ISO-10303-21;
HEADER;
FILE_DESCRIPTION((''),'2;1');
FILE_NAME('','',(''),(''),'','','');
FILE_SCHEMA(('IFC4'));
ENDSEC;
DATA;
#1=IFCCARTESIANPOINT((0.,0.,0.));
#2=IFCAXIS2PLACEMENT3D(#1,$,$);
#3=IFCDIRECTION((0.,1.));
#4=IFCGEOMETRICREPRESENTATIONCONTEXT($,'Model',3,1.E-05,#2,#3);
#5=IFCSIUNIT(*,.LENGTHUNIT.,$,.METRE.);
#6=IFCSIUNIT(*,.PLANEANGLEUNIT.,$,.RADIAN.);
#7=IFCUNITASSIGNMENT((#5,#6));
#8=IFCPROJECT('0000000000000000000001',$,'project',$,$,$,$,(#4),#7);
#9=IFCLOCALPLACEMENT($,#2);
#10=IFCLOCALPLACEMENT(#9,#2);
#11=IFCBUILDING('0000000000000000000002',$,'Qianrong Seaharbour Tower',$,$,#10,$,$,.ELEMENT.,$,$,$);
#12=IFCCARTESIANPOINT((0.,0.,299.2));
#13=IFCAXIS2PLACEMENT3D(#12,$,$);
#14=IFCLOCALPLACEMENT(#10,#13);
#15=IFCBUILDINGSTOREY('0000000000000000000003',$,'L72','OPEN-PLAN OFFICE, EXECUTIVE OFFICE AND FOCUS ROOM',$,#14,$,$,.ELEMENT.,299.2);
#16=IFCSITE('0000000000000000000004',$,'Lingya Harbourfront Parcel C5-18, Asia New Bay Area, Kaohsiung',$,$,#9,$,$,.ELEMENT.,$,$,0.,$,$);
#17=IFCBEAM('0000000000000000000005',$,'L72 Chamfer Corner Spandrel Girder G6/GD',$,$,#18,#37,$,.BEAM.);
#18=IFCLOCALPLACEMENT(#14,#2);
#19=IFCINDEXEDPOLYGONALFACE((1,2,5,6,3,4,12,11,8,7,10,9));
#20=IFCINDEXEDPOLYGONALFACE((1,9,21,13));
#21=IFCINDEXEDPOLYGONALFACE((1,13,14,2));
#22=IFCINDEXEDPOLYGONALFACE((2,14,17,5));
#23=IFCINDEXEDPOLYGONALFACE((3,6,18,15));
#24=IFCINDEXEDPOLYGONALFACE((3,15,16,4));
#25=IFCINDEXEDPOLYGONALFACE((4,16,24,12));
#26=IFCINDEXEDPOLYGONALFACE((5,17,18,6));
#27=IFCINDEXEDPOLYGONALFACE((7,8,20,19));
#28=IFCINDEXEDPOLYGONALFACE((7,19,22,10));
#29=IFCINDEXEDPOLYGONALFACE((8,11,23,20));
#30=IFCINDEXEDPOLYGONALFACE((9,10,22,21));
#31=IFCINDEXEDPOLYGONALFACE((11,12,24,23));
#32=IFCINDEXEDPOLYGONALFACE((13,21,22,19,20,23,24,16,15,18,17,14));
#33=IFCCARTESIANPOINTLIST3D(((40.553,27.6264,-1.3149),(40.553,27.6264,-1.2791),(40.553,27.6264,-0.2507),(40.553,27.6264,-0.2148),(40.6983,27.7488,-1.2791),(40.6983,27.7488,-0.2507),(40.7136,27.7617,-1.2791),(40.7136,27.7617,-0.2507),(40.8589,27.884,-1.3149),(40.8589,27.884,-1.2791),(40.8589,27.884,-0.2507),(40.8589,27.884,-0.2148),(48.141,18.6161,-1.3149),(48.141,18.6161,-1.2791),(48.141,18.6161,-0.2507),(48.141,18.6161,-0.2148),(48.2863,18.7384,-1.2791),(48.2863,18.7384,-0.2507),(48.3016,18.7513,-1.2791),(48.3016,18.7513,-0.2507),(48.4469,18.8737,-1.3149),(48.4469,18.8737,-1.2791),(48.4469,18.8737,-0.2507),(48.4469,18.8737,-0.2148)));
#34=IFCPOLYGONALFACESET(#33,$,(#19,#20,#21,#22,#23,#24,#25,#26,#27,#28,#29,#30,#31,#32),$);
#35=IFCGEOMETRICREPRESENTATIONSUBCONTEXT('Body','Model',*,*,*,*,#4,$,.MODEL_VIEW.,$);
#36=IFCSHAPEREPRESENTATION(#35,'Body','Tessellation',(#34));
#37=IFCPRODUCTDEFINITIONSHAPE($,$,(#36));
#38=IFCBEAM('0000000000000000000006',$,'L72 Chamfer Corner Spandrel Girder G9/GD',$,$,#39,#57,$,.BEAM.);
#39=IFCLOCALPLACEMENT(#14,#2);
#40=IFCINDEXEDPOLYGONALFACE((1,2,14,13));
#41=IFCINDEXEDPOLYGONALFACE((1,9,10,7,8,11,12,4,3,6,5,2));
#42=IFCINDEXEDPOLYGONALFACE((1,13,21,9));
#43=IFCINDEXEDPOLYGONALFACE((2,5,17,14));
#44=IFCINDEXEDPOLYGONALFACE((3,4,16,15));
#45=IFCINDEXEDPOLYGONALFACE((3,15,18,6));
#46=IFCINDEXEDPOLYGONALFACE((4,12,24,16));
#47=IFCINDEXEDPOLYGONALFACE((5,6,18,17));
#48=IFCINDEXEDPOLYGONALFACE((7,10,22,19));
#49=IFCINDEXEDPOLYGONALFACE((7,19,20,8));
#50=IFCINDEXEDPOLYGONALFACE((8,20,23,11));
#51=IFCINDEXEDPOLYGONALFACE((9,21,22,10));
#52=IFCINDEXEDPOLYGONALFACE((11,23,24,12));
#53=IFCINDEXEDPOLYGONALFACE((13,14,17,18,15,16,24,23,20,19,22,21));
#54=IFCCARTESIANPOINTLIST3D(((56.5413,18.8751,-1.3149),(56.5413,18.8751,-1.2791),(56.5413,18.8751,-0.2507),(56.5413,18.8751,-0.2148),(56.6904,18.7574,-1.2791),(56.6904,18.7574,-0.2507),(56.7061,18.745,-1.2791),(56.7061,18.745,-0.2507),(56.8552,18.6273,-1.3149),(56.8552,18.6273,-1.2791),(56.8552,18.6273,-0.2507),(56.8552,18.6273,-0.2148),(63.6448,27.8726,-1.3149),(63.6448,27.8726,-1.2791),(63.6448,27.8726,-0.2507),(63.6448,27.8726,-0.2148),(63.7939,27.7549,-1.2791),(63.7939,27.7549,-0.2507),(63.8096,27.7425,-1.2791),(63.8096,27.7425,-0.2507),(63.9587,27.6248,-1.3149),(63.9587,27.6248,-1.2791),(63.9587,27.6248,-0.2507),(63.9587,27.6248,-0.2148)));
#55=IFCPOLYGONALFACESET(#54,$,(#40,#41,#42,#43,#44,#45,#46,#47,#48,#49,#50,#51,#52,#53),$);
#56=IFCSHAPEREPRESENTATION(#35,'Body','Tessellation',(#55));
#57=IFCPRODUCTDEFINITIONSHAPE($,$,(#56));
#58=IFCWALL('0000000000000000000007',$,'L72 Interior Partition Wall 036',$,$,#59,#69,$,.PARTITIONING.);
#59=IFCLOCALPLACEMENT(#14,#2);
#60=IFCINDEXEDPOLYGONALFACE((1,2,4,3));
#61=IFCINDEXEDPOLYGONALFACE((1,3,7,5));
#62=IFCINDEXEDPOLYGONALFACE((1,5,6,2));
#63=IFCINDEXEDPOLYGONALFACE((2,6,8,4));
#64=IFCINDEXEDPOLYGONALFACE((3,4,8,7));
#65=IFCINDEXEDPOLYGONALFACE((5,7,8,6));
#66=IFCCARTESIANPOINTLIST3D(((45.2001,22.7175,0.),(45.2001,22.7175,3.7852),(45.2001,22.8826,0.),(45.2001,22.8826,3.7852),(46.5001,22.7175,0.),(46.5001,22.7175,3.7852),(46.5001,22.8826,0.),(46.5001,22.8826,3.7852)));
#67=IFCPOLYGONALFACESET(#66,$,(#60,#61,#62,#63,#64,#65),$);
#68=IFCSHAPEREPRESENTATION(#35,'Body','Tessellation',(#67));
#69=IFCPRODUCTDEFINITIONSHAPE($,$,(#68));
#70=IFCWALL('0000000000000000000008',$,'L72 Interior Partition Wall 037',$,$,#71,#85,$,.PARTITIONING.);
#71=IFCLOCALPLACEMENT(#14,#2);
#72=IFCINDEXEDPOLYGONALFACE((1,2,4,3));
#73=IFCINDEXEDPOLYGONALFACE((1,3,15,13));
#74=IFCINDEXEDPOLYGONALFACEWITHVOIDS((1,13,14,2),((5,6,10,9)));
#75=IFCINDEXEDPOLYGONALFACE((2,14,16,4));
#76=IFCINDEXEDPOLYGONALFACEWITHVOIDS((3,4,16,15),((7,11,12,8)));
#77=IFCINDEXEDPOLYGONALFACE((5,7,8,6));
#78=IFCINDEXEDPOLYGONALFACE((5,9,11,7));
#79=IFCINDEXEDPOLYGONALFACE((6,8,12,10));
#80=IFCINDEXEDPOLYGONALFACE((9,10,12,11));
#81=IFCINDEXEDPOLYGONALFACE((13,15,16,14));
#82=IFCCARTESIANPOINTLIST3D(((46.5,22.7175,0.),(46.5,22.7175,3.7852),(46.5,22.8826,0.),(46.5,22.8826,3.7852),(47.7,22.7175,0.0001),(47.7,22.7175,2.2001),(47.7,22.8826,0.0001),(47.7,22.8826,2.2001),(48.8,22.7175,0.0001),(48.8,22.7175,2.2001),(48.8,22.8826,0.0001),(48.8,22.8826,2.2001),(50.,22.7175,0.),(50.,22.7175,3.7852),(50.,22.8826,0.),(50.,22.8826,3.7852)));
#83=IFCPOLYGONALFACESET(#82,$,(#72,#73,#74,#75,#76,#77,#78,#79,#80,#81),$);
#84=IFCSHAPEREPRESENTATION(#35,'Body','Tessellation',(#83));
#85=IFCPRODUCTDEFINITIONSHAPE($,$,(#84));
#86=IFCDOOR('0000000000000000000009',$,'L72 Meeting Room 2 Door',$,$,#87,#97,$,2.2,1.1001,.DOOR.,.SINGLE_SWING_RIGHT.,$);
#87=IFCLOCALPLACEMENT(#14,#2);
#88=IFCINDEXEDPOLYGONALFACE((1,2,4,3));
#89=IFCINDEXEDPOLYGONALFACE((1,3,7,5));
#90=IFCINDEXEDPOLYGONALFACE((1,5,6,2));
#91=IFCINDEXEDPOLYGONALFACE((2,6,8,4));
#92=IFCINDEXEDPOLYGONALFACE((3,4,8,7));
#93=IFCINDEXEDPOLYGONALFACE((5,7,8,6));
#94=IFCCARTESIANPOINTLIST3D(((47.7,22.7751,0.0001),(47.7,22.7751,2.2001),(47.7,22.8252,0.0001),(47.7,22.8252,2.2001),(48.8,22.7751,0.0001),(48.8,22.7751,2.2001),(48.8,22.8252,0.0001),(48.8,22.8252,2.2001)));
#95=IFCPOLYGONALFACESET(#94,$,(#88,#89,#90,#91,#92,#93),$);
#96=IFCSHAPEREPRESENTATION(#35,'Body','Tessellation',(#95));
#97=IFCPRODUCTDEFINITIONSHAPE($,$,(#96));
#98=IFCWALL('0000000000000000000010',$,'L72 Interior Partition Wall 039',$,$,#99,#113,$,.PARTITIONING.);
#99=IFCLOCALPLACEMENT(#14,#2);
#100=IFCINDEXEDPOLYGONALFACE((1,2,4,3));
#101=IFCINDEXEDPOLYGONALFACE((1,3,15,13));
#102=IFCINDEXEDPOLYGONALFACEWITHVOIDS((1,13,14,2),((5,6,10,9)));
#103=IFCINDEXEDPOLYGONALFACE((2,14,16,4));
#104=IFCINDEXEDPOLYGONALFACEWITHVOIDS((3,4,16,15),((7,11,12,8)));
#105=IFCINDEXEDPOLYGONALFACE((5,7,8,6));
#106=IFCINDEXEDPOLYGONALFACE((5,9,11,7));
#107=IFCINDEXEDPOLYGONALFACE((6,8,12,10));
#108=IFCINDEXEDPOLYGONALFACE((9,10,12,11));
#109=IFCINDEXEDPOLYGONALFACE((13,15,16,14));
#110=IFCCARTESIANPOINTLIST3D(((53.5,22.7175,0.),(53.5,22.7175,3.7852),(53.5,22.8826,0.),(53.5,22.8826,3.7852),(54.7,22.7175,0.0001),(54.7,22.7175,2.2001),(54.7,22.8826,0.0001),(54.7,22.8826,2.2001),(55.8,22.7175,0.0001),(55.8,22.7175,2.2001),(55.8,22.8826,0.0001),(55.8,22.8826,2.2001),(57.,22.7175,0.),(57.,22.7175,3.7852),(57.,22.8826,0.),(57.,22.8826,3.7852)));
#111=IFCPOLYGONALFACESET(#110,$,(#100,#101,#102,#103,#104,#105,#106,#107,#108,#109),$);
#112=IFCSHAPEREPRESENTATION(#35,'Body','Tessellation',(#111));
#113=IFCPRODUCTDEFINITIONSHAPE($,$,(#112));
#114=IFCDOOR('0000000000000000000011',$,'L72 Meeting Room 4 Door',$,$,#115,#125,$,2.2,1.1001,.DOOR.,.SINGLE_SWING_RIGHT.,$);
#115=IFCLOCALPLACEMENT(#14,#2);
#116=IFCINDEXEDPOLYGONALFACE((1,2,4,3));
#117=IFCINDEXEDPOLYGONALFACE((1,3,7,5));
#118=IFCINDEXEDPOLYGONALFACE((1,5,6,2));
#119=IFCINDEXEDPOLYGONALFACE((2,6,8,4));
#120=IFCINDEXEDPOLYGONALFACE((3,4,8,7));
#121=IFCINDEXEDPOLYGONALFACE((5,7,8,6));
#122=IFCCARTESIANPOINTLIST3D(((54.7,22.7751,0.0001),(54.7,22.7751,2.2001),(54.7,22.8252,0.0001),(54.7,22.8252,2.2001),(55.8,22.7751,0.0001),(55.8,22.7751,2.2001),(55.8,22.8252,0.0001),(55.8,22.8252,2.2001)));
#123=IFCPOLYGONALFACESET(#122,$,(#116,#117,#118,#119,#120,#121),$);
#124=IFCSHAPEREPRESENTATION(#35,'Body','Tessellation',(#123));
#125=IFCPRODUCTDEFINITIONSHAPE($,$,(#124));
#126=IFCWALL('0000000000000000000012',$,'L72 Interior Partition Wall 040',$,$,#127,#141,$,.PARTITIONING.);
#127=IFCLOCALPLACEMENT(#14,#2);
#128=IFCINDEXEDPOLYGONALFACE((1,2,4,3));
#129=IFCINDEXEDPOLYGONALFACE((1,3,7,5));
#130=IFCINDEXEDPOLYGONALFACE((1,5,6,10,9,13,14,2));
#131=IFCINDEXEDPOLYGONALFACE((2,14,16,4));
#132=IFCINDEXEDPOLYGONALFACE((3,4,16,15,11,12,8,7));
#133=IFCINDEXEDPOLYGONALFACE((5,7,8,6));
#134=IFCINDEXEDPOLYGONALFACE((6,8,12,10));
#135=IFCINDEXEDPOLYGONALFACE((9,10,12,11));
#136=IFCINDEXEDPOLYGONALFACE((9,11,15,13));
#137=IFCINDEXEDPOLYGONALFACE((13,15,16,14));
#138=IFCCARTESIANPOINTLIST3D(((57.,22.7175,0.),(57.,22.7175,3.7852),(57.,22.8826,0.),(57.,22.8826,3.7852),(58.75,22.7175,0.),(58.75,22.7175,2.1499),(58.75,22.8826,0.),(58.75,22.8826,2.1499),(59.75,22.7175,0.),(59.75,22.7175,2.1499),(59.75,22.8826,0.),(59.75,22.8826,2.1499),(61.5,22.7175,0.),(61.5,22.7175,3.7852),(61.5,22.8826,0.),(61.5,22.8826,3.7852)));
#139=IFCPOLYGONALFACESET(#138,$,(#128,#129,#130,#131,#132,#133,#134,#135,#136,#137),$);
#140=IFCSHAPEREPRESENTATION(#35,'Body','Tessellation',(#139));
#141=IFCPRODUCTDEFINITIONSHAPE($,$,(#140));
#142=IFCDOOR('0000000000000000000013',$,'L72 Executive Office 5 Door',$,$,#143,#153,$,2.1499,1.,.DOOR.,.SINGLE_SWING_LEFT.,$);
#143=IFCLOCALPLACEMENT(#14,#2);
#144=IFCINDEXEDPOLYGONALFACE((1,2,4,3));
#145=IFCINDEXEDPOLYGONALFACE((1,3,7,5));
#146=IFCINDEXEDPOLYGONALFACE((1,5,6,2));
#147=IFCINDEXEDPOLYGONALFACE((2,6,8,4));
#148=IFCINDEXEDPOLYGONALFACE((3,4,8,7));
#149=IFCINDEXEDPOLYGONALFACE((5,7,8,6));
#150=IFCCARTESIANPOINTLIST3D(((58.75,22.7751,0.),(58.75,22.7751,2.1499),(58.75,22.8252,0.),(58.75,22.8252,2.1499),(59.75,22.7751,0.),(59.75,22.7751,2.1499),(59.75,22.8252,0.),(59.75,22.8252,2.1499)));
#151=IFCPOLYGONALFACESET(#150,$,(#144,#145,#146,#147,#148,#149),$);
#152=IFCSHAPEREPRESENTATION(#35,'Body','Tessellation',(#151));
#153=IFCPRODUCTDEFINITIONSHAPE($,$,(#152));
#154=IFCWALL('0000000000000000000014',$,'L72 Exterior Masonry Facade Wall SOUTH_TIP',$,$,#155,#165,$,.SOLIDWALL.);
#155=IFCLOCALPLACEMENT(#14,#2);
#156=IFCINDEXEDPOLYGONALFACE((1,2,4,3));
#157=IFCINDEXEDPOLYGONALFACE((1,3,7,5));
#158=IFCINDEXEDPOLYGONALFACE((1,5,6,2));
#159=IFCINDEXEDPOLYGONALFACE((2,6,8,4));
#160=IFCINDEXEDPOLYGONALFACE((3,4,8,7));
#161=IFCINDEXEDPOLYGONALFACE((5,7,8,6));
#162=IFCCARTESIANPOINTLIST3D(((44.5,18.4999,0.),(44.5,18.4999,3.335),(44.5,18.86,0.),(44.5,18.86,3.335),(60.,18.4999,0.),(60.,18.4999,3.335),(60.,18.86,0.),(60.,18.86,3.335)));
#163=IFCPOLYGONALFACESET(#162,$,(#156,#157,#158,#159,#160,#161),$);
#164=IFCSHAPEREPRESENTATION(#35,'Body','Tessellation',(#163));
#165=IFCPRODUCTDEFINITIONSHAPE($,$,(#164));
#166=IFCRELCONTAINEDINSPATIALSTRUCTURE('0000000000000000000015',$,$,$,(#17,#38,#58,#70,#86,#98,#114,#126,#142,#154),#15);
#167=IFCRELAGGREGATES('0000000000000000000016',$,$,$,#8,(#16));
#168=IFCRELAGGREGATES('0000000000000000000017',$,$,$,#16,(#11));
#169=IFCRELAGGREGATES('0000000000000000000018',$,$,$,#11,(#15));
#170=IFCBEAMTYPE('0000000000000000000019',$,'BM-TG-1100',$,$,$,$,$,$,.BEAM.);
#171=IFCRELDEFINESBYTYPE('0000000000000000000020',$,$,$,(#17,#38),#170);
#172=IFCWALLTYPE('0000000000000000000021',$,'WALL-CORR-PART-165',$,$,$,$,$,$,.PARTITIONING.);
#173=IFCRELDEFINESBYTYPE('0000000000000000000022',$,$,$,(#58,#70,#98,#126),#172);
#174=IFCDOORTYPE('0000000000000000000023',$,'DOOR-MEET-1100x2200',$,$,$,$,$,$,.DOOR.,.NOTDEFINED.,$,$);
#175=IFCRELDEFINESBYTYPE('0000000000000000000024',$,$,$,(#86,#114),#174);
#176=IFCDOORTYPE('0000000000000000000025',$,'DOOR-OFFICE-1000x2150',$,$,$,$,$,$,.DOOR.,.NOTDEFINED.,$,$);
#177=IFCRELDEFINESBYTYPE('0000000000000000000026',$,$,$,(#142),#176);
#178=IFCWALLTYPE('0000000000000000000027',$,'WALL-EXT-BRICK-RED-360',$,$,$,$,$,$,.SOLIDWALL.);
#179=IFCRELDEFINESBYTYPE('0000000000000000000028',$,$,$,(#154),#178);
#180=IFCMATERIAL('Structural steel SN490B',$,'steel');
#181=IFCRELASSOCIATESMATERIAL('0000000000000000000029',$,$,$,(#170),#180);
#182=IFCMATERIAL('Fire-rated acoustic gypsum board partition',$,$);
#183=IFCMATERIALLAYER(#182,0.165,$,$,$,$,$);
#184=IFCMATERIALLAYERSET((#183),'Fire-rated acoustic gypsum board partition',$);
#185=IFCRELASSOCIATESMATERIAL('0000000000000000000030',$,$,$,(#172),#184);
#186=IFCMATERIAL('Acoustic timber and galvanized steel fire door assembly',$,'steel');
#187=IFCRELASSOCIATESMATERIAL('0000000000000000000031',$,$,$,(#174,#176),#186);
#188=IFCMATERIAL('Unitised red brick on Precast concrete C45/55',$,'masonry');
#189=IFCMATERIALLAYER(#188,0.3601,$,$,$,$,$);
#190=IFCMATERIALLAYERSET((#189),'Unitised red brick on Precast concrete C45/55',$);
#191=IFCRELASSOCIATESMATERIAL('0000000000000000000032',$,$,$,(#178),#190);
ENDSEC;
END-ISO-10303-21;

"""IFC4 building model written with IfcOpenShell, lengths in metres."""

from ifc_helpers import new_model, si_unit, direction, frame, frame_2d, origin, origin_2d, place, context, subcontext, project, spatial, rectangle, i_section, extrude, material, layer, layer_set, material_profile, profile_set, type_object, element, fill, save


model = new_model("IFC4")

# Units and contexts
model_context = context("Model", 3, precision=1e-05, world=origin(), true_north=direction((0.0, 1.0)))
body_context = subcontext(model_context, "Body", "Model", "MODEL_VIEW")
ifc_project = project(units=[si_unit("LENGTHUNIT", "METRE"), si_unit("PLANEANGLEUNIT", "RADIAN")], contexts=[model_context])

# Site, building, storey
site_placement = place(None, origin())
site = spatial("IfcSite", under=ifc_project, at=site_placement, Name="Lingya Harbourfront Parcel C5-18, Asia New Bay Area, Kaohsiung", CompositionType="ELEMENT", RefElevation=0.0)
building_placement = place(site_placement, origin())
building = spatial("IfcBuilding", under=site, at=building_placement, Name="Qianrong Seaharbour Tower", CompositionType="ELEMENT")
storey_placement = place(building_placement, frame((0.0, 0.0, 299.2)))
storey = spatial("IfcBuildingStorey", under=building, at=storey_placement, Name="L72", Description="OPEN-PLAN OFFICE, EXECUTIVE OFFICE AND FOCUS ROOM", CompositionType="ELEMENT", Elevation=299.2)

# Beams
ifc_material_1 = material(Name="Structural steel SN490B", Category="steel")
ifc_material_profile_1 = material_profile(ifc_material_1, i_section(OverallWidth=0.3999, OverallDepth=1.1001, WebThickness=0.02, FlangeThickness=0.0359, at=origin_2d()), Name="BH1100x400x20x36")
ifc_profile_set_1 = profile_set([ifc_material_profile_1], Name="Structural steel SN490B")
beam_type_1 = type_object("IfcBeamType", Name="BM-TG-1100", PredefinedType="BEAM", material=ifc_profile_set_1)
beam_1_placement = place(storey_placement, frame((48.2939, 18.7449, -0.7649), z_axis=(-0.644151, 0.764898, 0.0), x_axis=(-0.764898, -0.644151, 0.0)))
element("IfcBeam", 1, at=beam_1_placement, inside=storey, type_object=beam_type_1, Name="L72 Chamfer Corner Spandrel Girder G6/GD", PredefinedType="BEAM", context=body_context, shape_type="SweptSolid", body=[
    extrude(i_section(OverallWidth=0.3999, OverallDepth=1.1001, WebThickness=0.02, FlangeThickness=0.0359, at=origin_2d()), origin(), (0.0, 0.0, 1.0), 11.7798),
])
beam_2_placement = place(storey_placement, frame((56.6982, 18.7512, -0.7649), z_axis=(0.619654, 0.784875, 0.0), x_axis=(-0.784875, 0.619654, 0.0)))
element("IfcBeam", 2, at=beam_2_placement, inside=storey, type_object=beam_type_1, Name="L72 Chamfer Corner Spandrel Girder G9/GD", PredefinedType="BEAM", context=body_context, shape_type="SweptSolid", body=[
    extrude(i_section(OverallWidth=0.3999, OverallDepth=1.1001, WebThickness=0.02, FlangeThickness=0.0359, at=origin_2d()), origin(), (0.0, 0.0, 1.0), 11.4636),
])

# Wall
ifc_material_2 = material(Name="Fire-rated acoustic gypsum board partition")
ifc_layer_1 = layer(ifc_material_2, 0.165)
ifc_layer_set_1 = layer_set([ifc_layer_1], Name="Fire-rated acoustic gypsum board partition")
wall_type_1 = type_object("IfcWallType", Name="WALL-CORR-PART-165", PredefinedType="PARTITIONING", material=ifc_layer_set_1)
wall_1_placement = place(storey_placement, frame((46.5, 22.8, 0.0), z_axis=(0.0, 0.0, 1.0), x_axis=(-1.0, 0.0, 0.0)))
element("IfcWall", 3, at=wall_1_placement, inside=storey, type_object=wall_type_1, Name="L72 Interior Partition Wall 036", PredefinedType="PARTITIONING", context=body_context, shape_type="SweptSolid", body=[
    extrude(rectangle(XDim=1.3, YDim=0.165, at=frame_2d((0.6499, 0.0))), origin(), (0.0, 0.0, 1.0), 3.7852),
])

# Walls, openings, doors
wall_2_placement = place(storey_placement, frame((50.0, 22.8, 0.0), z_axis=(0.0, 0.0, 1.0), x_axis=(-1.0, 0.0, 0.0)))
wall_2 = element("IfcWall", 4, at=wall_2_placement, inside=storey, type_object=wall_type_1, Name="L72 Interior Partition Wall 037", PredefinedType="PARTITIONING", context=body_context, shape_type="SweptSolid", body=[
    extrude(rectangle(XDim=3.5, YDim=0.165, at=frame_2d((1.75, 0.0))), origin(), (0.0, 0.0, 1.0), 3.7852),
])
opening_1_placement = place(wall_2_placement, frame((1.2, 0.0, 0.0)))
opening_1 = element("IfcOpeningElement", 5, at=opening_1_placement, cuts=wall_2, PredefinedType="OPENING", context=body_context, shape_type="SweptSolid", body=[
    extrude(rectangle(XDim=1.1001, YDim=2.2, at=frame_2d((0.55, 1.1001))), frame((0.0, 0.0925, 0.0), z_axis=(0.0, -1.0, 0.0), x_axis=(1.0, 0.0, 0.0)), (0.0, 0.0, 1.0), 0.1851),
])
ifc_material_3 = material(Name="Acoustic timber and galvanized steel fire door assembly", Category="steel")
door_type_1 = type_object("IfcDoorType", Name="DOOR-MEET-1100x2200", OperationType="NOTDEFINED", PredefinedType="DOOR", material=ifc_material_3)
door_1_placement = place(opening_1_placement, origin())
door_1 = element("IfcDoor", 6, at=door_1_placement, inside=storey, type_object=door_type_1, Name="L72 Meeting Room 2 Door", OperationType="SINGLE_SWING_RIGHT", OverallHeight=2.2, OverallWidth=1.1001, PredefinedType="DOOR", context=body_context, shape_type="SweptSolid", body=[
    extrude(rectangle(XDim=1.1001, YDim=2.2, at=frame_2d((0.55, 1.1001))), frame((0.0, 0.0249, 0.0), z_axis=(0.0, -1.0, 0.0), x_axis=(1.0, 0.0, 0.0)), (0.0, 0.0, 1.0), 0.05),
])
fill(opening_1, door_1)
door_type_2 = type_object("IfcDoorType", Name="DOOR-OFFICE-1000x2150", OperationType="NOTDEFINED", PredefinedType="DOOR", material=ifc_material_3)
wall_3_placement = place(storey_placement, frame((57.0, 22.8, 0.0), z_axis=(0.0, 0.0, 1.0), x_axis=(-1.0, 0.0, 0.0)))
wall_3 = element("IfcWall", 7, at=wall_3_placement, inside=storey, type_object=wall_type_1, Name="L72 Interior Partition Wall 039", PredefinedType="PARTITIONING", context=body_context, shape_type="SweptSolid", body=[
    extrude(rectangle(XDim=3.5, YDim=0.165, at=frame_2d((1.75, 0.0))), origin(), (0.0, 0.0, 1.0), 3.7852),
])
opening_2_placement = place(wall_3_placement, frame((1.2, 0.0, 0.0)))
opening_2 = element("IfcOpeningElement", 8, at=opening_2_placement, cuts=wall_3, PredefinedType="OPENING", context=body_context, shape_type="SweptSolid", body=[
    extrude(rectangle(XDim=1.1001, YDim=2.2, at=frame_2d((0.55, 1.1001))), frame((0.0, 0.0925, 0.0), z_axis=(0.0, -1.0, 0.0), x_axis=(1.0, 0.0, 0.0)), (0.0, 0.0, 1.0), 0.1851),
])
door_2_placement = place(opening_2_placement, origin())
door_2 = element("IfcDoor", 9, at=door_2_placement, inside=storey, type_object=door_type_1, Name="L72 Meeting Room 4 Door", OperationType="SINGLE_SWING_RIGHT", OverallHeight=2.2, OverallWidth=1.1001, PredefinedType="DOOR", context=body_context, shape_type="SweptSolid", body=[
    extrude(rectangle(XDim=1.1001, YDim=2.2, at=frame_2d((0.55, 1.1001))), frame((0.0, 0.0249, 0.0), z_axis=(0.0, -1.0, 0.0), x_axis=(1.0, 0.0, 0.0)), (0.0, 0.0, 1.0), 0.05),
])
fill(opening_2, door_2)
wall_4_placement = place(storey_placement, frame((61.5, 22.8, 0.0), z_axis=(0.0, 0.0, 1.0), x_axis=(-1.0, 0.0, 0.0)))
wall_4 = element("IfcWall", 10, at=wall_4_placement, inside=storey, type_object=wall_type_1, Name="L72 Interior Partition Wall 040", PredefinedType="PARTITIONING", context=body_context, shape_type="SweptSolid", body=[
    extrude(rectangle(XDim=4.5, YDim=0.165, at=frame_2d((2.25, 0.0))), origin(), (0.0, 0.0, 1.0), 3.7852),
])
opening_3_placement = place(wall_4_placement, frame((1.75, 0.0, 0.0)))
opening_3 = element("IfcOpeningElement", 11, at=opening_3_placement, cuts=wall_4, PredefinedType="OPENING", context=body_context, shape_type="SweptSolid", body=[
    extrude(rectangle(XDim=1.0, YDim=2.1499, at=frame_2d((0.5, 1.075))), frame((0.0, 0.0925, 0.0), z_axis=(0.0, -1.0, 0.0), x_axis=(1.0, 0.0, 0.0)), (0.0, 0.0, 1.0), 0.1851),
])
door_3_placement = place(opening_3_placement, origin())
door_3 = element("IfcDoor", 12, at=door_3_placement, inside=storey, type_object=door_type_2, Name="L72 Executive Office 5 Door", OperationType="SINGLE_SWING_LEFT", OverallHeight=2.1499, OverallWidth=1.0, PredefinedType="DOOR", context=body_context, shape_type="SweptSolid", body=[
    extrude(rectangle(XDim=1.0, YDim=2.1499, at=frame_2d((0.5, 1.075))), frame((0.0, 0.0249, 0.0), z_axis=(0.0, -1.0, 0.0), x_axis=(1.0, 0.0, 0.0)), (0.0, 0.0, 1.0), 0.05),
])
fill(opening_3, door_3)

# Wall
ifc_material_4 = material(Name="Unitised red brick on Precast concrete C45/55", Category="masonry")
ifc_layer_2 = layer(ifc_material_4, 0.3601)
ifc_layer_set_2 = layer_set([ifc_layer_2], Name="Unitised red brick on Precast concrete C45/55")
wall_type_2 = type_object("IfcWallType", Name="WALL-EXT-BRICK-RED-360", PredefinedType="SOLIDWALL", material=ifc_layer_set_2)
wall_5_placement = place(storey_placement, frame((60.0, 18.6799, 0.0), z_axis=(0.0, 0.0, 1.0), x_axis=(-1.0, 0.0, 0.0)))
element("IfcWall", 13, at=wall_5_placement, inside=storey, type_object=wall_type_2, Name="L72 Exterior Masonry Facade Wall SOUTH_TIP", PredefinedType="SOLIDWALL", context=body_context, shape_type="SweptSolid", body=[
    extrude(rectangle(XDim=15.5, YDim=0.3601, at=frame_2d((7.75, 0.0))), origin(), (0.0, 0.0, 1.0), 3.335),
])

save(model, "model.ifc")
